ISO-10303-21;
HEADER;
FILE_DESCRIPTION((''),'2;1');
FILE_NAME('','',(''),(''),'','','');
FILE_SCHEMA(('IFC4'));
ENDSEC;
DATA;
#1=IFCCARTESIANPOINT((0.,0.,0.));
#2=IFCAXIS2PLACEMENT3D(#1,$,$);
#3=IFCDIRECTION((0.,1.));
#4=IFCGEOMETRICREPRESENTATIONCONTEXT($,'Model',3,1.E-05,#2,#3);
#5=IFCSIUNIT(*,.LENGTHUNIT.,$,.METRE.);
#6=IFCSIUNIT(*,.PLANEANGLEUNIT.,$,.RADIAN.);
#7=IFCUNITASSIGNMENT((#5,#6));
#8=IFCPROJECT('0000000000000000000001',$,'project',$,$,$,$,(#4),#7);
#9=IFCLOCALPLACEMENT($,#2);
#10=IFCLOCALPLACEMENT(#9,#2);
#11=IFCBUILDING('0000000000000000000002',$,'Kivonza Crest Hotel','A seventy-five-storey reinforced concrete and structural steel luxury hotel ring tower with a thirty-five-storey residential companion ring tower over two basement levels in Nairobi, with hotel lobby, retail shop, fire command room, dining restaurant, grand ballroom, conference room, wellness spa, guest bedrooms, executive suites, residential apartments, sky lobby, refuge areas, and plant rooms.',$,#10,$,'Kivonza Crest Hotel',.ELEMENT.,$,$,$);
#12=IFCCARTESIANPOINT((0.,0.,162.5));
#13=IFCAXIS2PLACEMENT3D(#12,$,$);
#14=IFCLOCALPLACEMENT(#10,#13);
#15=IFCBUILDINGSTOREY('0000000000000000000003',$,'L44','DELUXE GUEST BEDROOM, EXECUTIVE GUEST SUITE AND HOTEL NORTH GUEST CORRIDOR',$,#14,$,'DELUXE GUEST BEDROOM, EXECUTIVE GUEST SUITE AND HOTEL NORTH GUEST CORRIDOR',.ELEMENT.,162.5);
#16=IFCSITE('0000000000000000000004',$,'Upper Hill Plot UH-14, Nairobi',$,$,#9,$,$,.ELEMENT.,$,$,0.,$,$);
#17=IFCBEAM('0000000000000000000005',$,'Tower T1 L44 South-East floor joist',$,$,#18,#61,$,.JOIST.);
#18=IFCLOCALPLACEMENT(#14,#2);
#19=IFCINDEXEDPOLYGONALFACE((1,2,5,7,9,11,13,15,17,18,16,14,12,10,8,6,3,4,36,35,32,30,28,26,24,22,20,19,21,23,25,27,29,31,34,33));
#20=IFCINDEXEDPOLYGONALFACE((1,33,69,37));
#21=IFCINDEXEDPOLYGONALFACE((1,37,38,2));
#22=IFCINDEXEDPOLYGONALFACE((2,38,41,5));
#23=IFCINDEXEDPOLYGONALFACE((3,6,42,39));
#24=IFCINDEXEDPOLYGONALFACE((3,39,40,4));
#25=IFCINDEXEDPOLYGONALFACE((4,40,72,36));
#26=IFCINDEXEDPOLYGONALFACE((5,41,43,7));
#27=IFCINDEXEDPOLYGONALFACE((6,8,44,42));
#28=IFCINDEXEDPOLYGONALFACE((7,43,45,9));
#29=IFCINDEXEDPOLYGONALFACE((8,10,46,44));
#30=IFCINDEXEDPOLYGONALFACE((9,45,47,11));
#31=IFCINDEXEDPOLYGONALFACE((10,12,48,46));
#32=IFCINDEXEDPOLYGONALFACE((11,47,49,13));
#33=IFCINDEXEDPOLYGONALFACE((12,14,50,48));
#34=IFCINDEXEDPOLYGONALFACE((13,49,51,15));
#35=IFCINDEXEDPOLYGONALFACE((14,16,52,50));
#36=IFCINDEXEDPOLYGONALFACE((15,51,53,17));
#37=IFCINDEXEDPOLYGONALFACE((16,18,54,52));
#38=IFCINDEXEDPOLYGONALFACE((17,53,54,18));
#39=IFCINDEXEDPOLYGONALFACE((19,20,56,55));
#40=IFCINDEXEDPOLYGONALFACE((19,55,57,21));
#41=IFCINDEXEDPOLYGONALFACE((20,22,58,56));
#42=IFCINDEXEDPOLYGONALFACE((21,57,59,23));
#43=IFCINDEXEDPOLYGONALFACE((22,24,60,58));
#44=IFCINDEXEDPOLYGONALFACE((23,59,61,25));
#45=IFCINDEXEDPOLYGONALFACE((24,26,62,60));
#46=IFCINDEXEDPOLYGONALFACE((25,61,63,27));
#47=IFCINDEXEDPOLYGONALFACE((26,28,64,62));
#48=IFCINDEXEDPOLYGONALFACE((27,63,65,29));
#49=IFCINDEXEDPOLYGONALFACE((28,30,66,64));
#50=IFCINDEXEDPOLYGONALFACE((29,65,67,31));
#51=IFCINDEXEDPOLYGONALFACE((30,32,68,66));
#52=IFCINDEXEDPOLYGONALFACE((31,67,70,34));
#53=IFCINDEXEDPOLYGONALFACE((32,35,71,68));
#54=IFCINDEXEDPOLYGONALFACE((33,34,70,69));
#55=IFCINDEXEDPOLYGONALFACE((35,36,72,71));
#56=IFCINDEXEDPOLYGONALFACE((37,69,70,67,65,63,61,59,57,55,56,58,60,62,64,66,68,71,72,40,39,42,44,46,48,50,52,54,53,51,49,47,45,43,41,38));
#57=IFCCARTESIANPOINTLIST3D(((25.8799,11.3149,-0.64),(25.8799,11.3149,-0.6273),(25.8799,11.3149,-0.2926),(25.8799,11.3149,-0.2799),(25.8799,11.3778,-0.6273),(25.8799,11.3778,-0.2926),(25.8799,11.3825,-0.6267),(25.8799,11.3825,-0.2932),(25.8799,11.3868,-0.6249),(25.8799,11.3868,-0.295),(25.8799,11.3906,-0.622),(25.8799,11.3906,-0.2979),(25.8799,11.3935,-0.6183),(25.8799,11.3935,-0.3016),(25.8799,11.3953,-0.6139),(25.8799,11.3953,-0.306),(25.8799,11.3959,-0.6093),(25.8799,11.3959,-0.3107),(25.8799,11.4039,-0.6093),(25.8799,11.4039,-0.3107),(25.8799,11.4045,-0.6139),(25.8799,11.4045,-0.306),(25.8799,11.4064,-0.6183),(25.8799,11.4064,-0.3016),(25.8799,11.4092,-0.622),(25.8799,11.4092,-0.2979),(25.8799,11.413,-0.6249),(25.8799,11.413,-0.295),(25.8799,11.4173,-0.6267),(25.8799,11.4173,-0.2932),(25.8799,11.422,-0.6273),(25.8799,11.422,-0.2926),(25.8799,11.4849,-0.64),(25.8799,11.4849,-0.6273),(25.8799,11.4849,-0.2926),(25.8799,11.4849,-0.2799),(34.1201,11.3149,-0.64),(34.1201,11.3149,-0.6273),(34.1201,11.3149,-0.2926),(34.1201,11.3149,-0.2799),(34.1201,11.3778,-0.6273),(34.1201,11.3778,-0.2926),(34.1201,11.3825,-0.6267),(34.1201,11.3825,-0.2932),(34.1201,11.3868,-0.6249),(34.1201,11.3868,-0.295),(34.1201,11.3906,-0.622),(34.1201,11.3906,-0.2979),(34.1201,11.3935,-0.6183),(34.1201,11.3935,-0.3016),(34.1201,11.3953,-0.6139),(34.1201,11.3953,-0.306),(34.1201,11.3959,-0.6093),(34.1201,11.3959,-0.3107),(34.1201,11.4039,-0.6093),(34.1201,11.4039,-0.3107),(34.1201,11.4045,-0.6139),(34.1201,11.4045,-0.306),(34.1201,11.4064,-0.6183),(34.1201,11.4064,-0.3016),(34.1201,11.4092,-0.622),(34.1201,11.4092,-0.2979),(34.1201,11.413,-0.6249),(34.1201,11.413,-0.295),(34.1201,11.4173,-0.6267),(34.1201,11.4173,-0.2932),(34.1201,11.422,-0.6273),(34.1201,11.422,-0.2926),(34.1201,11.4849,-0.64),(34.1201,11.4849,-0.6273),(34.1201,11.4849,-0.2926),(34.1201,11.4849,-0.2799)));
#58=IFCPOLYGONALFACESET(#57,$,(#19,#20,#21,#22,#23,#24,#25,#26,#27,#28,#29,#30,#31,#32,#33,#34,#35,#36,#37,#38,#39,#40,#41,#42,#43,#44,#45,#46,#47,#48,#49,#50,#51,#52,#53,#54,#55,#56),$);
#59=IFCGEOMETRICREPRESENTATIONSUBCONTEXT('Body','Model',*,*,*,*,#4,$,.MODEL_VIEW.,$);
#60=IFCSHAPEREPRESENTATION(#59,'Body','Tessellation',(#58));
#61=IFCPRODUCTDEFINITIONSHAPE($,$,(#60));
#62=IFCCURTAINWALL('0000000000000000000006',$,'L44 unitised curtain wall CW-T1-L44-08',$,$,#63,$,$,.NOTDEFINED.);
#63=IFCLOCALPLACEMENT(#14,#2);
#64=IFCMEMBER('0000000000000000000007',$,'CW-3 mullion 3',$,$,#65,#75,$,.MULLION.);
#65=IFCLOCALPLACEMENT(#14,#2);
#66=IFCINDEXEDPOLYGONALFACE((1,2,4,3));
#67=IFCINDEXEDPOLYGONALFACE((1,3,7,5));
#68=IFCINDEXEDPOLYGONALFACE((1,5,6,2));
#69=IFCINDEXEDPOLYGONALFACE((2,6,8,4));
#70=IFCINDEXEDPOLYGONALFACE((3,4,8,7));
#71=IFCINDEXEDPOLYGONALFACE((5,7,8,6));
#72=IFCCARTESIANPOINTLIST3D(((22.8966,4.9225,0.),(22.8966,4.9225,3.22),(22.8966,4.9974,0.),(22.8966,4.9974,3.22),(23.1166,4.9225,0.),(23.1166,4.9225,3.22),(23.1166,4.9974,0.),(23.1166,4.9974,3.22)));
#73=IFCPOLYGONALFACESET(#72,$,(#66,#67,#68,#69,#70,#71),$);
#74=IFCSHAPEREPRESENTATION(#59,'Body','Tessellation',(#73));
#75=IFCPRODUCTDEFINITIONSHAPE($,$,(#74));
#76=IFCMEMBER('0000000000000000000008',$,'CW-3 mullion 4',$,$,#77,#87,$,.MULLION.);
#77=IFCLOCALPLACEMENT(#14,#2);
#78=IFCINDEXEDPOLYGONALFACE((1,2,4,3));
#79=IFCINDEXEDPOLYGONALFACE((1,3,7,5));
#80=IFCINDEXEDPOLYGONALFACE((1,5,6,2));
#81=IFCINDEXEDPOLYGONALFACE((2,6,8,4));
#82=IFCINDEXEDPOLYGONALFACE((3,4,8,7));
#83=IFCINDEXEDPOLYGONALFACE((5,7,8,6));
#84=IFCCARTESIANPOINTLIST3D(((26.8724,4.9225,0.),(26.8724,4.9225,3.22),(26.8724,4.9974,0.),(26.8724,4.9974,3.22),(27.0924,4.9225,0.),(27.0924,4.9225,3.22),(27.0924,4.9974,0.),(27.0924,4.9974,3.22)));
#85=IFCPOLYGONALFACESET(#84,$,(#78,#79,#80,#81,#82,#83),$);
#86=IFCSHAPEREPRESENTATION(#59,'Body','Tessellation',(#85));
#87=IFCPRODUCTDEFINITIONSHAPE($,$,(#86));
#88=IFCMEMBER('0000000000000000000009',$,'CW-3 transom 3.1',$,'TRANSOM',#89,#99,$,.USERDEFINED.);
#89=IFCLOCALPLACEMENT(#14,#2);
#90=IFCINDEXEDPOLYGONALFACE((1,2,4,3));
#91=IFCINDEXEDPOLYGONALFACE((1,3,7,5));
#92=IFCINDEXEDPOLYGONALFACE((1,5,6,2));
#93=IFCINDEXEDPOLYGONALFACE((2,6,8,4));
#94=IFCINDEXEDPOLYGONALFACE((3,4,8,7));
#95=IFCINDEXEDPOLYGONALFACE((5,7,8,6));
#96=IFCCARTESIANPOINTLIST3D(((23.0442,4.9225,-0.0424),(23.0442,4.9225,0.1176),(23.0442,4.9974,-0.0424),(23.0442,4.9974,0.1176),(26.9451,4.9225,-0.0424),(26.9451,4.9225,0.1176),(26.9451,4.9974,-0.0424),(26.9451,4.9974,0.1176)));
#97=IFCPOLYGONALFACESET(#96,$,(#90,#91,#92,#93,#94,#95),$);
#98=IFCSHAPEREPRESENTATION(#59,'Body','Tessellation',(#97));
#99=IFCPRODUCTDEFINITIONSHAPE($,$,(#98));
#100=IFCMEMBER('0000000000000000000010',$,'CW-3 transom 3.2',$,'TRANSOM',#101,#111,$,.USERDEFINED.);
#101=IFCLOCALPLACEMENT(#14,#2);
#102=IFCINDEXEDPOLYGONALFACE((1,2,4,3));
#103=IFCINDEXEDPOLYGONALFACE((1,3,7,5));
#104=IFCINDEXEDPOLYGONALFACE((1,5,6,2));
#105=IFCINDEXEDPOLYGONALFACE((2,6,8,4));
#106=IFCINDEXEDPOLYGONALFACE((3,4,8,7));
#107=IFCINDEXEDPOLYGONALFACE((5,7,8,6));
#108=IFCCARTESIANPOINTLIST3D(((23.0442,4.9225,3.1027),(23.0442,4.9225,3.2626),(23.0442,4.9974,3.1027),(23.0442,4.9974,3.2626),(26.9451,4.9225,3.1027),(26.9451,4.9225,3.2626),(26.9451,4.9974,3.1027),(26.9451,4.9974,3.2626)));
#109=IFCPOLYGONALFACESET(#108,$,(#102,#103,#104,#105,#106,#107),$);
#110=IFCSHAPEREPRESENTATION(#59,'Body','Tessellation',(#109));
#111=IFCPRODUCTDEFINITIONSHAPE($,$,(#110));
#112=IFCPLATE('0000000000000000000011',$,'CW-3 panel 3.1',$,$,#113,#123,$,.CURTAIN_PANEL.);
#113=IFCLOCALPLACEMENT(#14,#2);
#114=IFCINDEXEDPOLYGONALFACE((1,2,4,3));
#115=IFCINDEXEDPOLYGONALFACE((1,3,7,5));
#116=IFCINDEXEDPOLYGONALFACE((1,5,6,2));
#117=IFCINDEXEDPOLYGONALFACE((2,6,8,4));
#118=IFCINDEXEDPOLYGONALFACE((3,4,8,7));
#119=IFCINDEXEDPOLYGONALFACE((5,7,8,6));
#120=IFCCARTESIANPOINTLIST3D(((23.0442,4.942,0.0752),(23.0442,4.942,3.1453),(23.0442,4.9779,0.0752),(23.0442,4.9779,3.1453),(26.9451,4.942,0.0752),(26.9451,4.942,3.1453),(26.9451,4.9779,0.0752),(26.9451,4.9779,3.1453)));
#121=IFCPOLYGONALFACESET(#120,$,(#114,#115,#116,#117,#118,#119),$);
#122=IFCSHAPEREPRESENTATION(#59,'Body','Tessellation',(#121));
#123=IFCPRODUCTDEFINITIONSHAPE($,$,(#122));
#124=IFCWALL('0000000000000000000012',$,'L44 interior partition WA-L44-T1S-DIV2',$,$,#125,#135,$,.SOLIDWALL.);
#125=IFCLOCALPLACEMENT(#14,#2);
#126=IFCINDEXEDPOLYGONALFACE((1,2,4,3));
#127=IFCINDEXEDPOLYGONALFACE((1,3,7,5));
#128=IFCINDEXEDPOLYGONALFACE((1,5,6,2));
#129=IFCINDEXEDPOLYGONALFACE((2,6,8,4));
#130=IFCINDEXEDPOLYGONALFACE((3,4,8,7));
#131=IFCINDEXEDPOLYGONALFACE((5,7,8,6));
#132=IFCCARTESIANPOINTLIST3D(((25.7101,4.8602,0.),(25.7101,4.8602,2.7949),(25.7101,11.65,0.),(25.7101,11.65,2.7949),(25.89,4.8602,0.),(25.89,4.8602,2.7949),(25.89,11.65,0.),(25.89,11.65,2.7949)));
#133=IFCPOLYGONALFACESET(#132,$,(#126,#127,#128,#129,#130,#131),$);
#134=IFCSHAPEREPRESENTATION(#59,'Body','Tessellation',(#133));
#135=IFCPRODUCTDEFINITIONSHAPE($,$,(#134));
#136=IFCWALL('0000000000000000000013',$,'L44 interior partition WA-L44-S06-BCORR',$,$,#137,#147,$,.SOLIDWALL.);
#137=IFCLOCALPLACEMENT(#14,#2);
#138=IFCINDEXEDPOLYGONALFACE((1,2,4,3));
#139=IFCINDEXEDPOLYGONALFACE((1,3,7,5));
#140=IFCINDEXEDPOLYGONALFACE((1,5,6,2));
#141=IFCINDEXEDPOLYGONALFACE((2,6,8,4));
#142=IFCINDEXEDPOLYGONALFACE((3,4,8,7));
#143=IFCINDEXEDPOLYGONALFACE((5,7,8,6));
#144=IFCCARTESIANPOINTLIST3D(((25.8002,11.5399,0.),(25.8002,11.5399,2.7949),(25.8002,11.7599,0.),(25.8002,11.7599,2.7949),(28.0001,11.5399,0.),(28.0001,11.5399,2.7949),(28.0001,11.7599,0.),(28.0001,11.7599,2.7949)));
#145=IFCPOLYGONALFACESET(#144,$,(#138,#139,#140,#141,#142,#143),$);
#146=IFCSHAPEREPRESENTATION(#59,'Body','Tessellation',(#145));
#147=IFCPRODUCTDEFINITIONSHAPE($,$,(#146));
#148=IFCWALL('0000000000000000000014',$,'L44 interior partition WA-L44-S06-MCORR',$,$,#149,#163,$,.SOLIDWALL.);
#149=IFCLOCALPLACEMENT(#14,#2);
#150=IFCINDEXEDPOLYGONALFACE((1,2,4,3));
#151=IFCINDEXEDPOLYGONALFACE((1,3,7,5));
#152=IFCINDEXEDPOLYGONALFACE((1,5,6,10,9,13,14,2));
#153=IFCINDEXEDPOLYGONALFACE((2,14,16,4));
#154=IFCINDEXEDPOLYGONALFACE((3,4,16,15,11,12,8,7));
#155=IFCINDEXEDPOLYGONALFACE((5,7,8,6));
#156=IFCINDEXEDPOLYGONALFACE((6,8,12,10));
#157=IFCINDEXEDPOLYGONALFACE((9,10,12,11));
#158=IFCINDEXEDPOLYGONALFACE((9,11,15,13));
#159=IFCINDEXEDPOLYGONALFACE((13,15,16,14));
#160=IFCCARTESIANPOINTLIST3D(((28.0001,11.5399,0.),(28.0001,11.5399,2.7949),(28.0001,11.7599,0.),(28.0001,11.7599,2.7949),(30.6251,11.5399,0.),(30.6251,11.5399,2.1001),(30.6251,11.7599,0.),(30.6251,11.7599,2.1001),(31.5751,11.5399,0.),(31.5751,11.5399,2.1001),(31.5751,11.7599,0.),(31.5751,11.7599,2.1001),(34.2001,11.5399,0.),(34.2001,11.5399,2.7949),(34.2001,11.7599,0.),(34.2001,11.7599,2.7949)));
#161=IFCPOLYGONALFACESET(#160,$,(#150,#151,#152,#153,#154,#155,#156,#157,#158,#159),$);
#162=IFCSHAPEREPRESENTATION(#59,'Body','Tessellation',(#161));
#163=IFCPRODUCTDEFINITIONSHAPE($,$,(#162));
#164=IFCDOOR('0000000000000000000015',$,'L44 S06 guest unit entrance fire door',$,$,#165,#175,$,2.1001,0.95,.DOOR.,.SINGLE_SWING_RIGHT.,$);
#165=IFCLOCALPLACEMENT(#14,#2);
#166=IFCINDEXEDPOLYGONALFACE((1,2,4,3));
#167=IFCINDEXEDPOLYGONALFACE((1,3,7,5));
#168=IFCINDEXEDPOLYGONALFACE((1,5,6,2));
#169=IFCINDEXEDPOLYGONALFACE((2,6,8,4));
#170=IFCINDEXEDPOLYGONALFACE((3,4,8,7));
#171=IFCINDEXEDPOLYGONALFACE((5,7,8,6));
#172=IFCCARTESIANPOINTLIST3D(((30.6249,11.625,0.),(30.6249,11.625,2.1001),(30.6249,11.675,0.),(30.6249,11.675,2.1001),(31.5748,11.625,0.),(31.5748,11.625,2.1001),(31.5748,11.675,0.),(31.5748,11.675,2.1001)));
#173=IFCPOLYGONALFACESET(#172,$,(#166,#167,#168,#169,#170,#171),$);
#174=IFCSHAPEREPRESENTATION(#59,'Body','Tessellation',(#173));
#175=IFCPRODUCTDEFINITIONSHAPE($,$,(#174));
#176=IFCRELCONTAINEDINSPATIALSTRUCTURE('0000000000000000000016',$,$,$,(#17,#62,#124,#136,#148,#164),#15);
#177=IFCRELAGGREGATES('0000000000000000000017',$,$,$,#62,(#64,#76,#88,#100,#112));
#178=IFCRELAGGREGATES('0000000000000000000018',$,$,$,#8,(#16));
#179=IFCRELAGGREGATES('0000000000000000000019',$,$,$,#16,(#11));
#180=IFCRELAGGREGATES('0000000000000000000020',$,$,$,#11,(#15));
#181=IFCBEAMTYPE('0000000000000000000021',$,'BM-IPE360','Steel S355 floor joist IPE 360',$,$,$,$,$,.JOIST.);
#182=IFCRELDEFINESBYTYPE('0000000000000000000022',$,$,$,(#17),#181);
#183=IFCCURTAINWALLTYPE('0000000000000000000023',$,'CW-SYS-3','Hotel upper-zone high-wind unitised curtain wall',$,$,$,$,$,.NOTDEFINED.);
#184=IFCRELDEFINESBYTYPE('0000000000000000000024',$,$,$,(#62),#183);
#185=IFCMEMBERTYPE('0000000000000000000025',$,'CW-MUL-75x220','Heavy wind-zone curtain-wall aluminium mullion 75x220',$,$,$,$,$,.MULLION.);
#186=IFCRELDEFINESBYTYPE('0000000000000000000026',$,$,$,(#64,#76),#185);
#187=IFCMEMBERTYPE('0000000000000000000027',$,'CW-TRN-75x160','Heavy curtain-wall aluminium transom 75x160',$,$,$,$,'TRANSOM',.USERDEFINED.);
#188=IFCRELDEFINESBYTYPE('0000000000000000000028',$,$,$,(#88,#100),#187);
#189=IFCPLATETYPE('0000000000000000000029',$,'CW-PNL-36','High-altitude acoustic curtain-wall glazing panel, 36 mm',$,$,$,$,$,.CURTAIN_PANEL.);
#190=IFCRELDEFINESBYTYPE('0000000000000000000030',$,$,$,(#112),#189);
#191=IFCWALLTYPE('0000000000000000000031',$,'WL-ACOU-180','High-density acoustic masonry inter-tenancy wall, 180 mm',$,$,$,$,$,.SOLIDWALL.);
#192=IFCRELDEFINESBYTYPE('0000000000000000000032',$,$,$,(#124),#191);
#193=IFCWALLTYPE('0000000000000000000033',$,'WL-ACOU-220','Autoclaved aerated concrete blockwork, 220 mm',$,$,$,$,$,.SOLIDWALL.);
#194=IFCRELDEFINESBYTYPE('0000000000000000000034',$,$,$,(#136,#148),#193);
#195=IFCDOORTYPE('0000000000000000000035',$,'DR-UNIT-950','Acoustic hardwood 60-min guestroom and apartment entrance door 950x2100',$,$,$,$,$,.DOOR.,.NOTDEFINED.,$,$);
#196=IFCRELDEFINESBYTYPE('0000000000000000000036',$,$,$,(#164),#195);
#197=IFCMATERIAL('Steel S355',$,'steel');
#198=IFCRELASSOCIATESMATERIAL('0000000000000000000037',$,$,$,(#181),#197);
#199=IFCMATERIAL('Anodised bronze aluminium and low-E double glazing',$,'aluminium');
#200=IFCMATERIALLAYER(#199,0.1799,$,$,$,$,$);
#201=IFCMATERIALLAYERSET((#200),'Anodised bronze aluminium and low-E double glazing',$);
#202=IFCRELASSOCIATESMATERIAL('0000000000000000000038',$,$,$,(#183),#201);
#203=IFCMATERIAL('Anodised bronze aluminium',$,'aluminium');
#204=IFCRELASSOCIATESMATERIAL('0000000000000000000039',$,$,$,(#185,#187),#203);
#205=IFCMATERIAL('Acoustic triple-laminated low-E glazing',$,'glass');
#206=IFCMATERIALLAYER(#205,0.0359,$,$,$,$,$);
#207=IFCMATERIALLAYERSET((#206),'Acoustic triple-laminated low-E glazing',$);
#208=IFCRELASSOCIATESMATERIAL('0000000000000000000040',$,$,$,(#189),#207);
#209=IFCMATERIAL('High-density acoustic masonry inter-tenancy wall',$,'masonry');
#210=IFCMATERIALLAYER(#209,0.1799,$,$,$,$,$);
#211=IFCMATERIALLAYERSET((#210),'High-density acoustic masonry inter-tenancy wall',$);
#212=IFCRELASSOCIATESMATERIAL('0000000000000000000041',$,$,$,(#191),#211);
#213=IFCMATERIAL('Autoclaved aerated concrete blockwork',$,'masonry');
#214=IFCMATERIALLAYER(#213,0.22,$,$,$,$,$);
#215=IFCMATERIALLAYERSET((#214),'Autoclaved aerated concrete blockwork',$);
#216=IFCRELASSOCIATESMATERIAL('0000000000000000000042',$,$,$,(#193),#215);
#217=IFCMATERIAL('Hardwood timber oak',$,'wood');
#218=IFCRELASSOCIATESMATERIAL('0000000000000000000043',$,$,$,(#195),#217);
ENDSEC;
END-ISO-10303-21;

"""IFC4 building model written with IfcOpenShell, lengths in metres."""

from ifc_helpers import new_model, si_unit, direction, frame, frame_2d, origin, origin_2d, place, context, subcontext, project, spatial, rectangle, i_section, extrude, material, layer, layer_set, material_profile, profile_set, type_object, element, fill, aggregate, save


model = new_model("IFC4")

# Units and contexts
model_context = context("Model", 3, precision=1e-05, world=origin(), true_north=direction((0.0, 1.0)))
body_context = subcontext(model_context, "Body", "Model", "MODEL_VIEW")
ifc_project = project(units=[si_unit("LENGTHUNIT", "METRE"), si_unit("PLANEANGLEUNIT", "RADIAN")], contexts=[model_context])

# Site, building, storey
site_placement = place(None, origin())
site = spatial("IfcSite", under=ifc_project, at=site_placement, Name="Upper Hill Plot UH-14, Nairobi", CompositionType="ELEMENT", RefElevation=0.0)
building_placement = place(site_placement, origin())
building = spatial("IfcBuilding", under=site, at=building_placement, Name="Kivonza Crest Hotel", Description="A seventy-five-storey reinforced concrete and structural steel luxury hotel ring tower with a thirty-five-storey residential companion ring tower over two basement levels in Nairobi, with hotel lobby, retail shop, fire command room, dining restaurant, grand ballroom, conference room, wellness spa, guest bedrooms, executive suites, residential apartments, sky lobby, refuge areas, and plant rooms.", LongName="Kivonza Crest Hotel", CompositionType="ELEMENT")
storey_placement = place(building_placement, frame((0.0, 0.0, 162.5)))
storey = spatial("IfcBuildingStorey", under=building, at=storey_placement, Name="L44", Description="DELUXE GUEST BEDROOM, EXECUTIVE GUEST SUITE AND HOTEL NORTH GUEST CORRIDOR", LongName="DELUXE GUEST BEDROOM, EXECUTIVE GUEST SUITE AND HOTEL NORTH GUEST CORRIDOR", CompositionType="ELEMENT", Elevation=162.5)

# Beam
ifc_material_1 = material(Name="Steel S355", Category="steel")
ifc_material_profile_1 = material_profile(ifc_material_1, i_section(OverallWidth=0.1699, OverallDepth=0.3601, WebThickness=0.0081, FlangeThickness=0.0127, FilletRadius=0.0181, at=origin_2d()), Name="IPE 360")
ifc_profile_set_1 = profile_set([ifc_material_profile_1], Name="Steel S355")
beam_type_1 = type_object("IfcBeamType", Name="BM-IPE360", Description="Steel S355 floor joist IPE 360", PredefinedType="JOIST", material=ifc_profile_set_1)
beam_1_placement = place(storey_placement, frame((25.8799, 11.3999, -0.46), z_axis=(1.0, 0.0, 0.0), x_axis=(0.0, 1.0, 0.0)))
element("IfcBeam", 1, at=beam_1_placement, inside=storey, type_object=beam_type_1, Name="Tower T1 L44 South-East floor joist", PredefinedType="JOIST", context=body_context, shape_type="SweptSolid", body=[
    extrude(i_section(OverallWidth=0.1699, OverallDepth=0.3601, WebThickness=0.0081, FlangeThickness=0.0127, FilletRadius=0.0181, at=origin_2d()), origin(), (0.0, 0.0, 1.0), 8.2402),
])

# Curtain wall, members, plate
ifc_material_2 = material(Name="Anodised bronze aluminium and low-E double glazing", Category="aluminium")
ifc_layer_1 = layer(ifc_material_2, 0.1799)
ifc_layer_set_1 = layer_set([ifc_layer_1], Name="Anodised bronze aluminium and low-E double glazing")
curtain_wall_type = type_object("IfcCurtainWallType", Name="CW-SYS-3", Description="Hotel upper-zone high-wind unitised curtain wall", PredefinedType="NOTDEFINED", material=ifc_layer_set_1)
curtain_wall_placement = place(storey_placement, origin())
curtain_wall = element("IfcCurtainWall", 2, at=curtain_wall_placement, inside=storey, type_object=curtain_wall_type, Name="L44 unitised curtain wall CW-T1-L44-08", PredefinedType="NOTDEFINED")
ifc_material_3 = material(Name="Anodised bronze aluminium", Category="aluminium")
ifc_material_profile_2 = material_profile(ifc_material_3, rectangle(XDim=0.075, YDim=0.22, at=origin_2d()), Name="CW-M 75x220")
ifc_profile_set_2 = profile_set([ifc_material_profile_2], Name="Anodised bronze aluminium")
member_type_1 = type_object("IfcMemberType", Name="CW-MUL-75x220", Description="Heavy wind-zone curtain-wall aluminium mullion 75x220", PredefinedType="MULLION", material=ifc_profile_set_2)
member_1_placement = place(storey_placement, frame((23.0066, 4.96, 0.0), z_axis=(0.0, 0.0, 1.0), x_axis=(0.0, 1.0, 0.0)))
member_1 = element("IfcMember", 3, at=member_1_placement, type_object=member_type_1, Name="CW-3 mullion 3", PredefinedType="MULLION", context=body_context, shape_type="SweptSolid", body=[
    extrude(rectangle(XDim=0.075, YDim=0.22, at=origin_2d()), origin(), (0.0, 0.0, 1.0), 3.22),
])
member_2_placement = place(storey_placement, frame((26.9824, 4.96, 0.0), z_axis=(0.0, 0.0, 1.0), x_axis=(0.0, 1.0, 0.0)))
member_2 = element("IfcMember", 4, at=member_2_placement, type_object=member_type_1, Name="CW-3 mullion 4", PredefinedType="MULLION", context=body_context, shape_type="SweptSolid", body=[
    extrude(rectangle(XDim=0.075, YDim=0.22, at=origin_2d()), origin(), (0.0, 0.0, 1.0), 3.22),
])
ifc_material_profile_3 = material_profile(ifc_material_3, rectangle(XDim=0.075, YDim=0.1599, at=origin_2d()), Name="CW-T 75x160")
ifc_profile_set_3 = profile_set([ifc_material_profile_3], Name="Anodised bronze aluminium")
member_type_2 = type_object("IfcMemberType", Name="CW-TRN-75x160", Description="Heavy curtain-wall aluminium transom 75x160", ElementType="TRANSOM", PredefinedType="USERDEFINED", material=ifc_profile_set_3)
member_3_placement = place(storey_placement, frame((23.0442, 4.96, 0.0376), z_axis=(1.0, 0.0, 0.0), x_axis=(0.0, 1.0, 0.0)))
member_3 = element("IfcMember", 5, at=member_3_placement, type_object=member_type_2, Name="CW-3 transom 3.1", ObjectType="TRANSOM", PredefinedType="USERDEFINED", context=body_context, shape_type="SweptSolid", body=[
    extrude(rectangle(XDim=0.075, YDim=0.1599, at=origin_2d()), origin(), (0.0, 0.0, 1.0), 3.9009),
])
member_4_placement = place(storey_placement, frame((23.0442, 4.96, 3.1826), z_axis=(1.0, 0.0, 0.0), x_axis=(0.0, 1.0, 0.0)))
member_4 = element("IfcMember", 6, at=member_4_placement, type_object=member_type_2, Name="CW-3 transom 3.2", ObjectType="TRANSOM", PredefinedType="USERDEFINED", context=body_context, shape_type="SweptSolid", body=[
    extrude(rectangle(XDim=0.075, YDim=0.1599, at=origin_2d()), origin(), (0.0, 0.0, 1.0), 3.9009),
])
ifc_material_4 = material(Name="Acoustic triple-laminated low-E glazing", Category="glass")
ifc_layer_2 = layer(ifc_material_4, 0.0359)
ifc_layer_set_2 = layer_set([ifc_layer_2], Name="Acoustic triple-laminated low-E glazing")
plate_type = type_object("IfcPlateType", Name="CW-PNL-36", Description="High-altitude acoustic curtain-wall glazing panel, 36 mm", PredefinedType="CURTAIN_PANEL", material=ifc_layer_set_2)
plate_placement = place(storey_placement, frame((24.9946, 4.96, 0.0752), z_axis=(0.0, 0.0, 1.0), x_axis=(1.0, 0.0, 0.0)))
plate = element("IfcPlate", 7, at=plate_placement, type_object=plate_type, Name="CW-3 panel 3.1", PredefinedType="CURTAIN_PANEL", context=body_context, shape_type="SweptSolid", body=[
    extrude(rectangle(XDim=3.9009, YDim=0.0359, at=origin_2d()), origin(), (0.0, 0.0, 1.0), 3.0701),
])
aggregate(curtain_wall, [member_1, member_2, member_3, member_4, plate])

# Walls
ifc_material_5 = material(Name="High-density acoustic masonry inter-tenancy wall", Category="masonry")
ifc_layer_3 = layer(ifc_material_5, 0.1799)
ifc_layer_set_3 = layer_set([ifc_layer_3], Name="High-density acoustic masonry inter-tenancy wall")
wall_type_1 = type_object("IfcWallType", Name="WL-ACOU-180", Description="High-density acoustic masonry inter-tenancy wall, 180 mm", PredefinedType="SOLIDWALL", material=ifc_layer_set_3)
wall_1_placement = place(storey_placement, frame((25.8, 4.8601, 0.0), z_axis=(0.0, 0.0, 1.0), x_axis=(0.0, 1.0, 0.0)))
element("IfcWall", 8, at=wall_1_placement, inside=storey, type_object=wall_type_1, Name="L44 interior partition WA-L44-T1S-DIV2", PredefinedType="SOLIDWALL", context=body_context, shape_type="SweptSolid", body=[
    extrude(rectangle(XDim=6.7898, YDim=0.1799, at=frame_2d((3.395, 0.0))), origin(), (0.0, 0.0, 1.0), 2.7949),
])
ifc_material_6 = material(Name="Autoclaved aerated concrete blockwork", Category="masonry")
ifc_layer_4 = layer(ifc_material_6, 0.22)
ifc_layer_set_4 = layer_set([ifc_layer_4], Name="Autoclaved aerated concrete blockwork")
wall_type_2 = type_object("IfcWallType", Name="WL-ACOU-220", Description="Autoclaved aerated concrete blockwork, 220 mm", PredefinedType="SOLIDWALL", material=ifc_layer_set_4)
wall_2_placement = place(storey_placement, frame((25.8, 11.6499, 0.0), z_axis=(0.0, 0.0, 1.0), x_axis=(1.0, 0.0, 0.0)))
element("IfcWall", 9, at=wall_2_placement, inside=storey, type_object=wall_type_2, Name="L44 interior partition WA-L44-S06-BCORR", PredefinedType="SOLIDWALL", context=body_context, shape_type="SweptSolid", body=[
    extrude(rectangle(XDim=2.2, YDim=0.22, at=frame_2d((1.1001, 0.0))), origin(), (0.0, 0.0, 1.0), 2.7949),
])

# Wall, opening, door
wall_3_placement = place(storey_placement, frame((28.0, 11.6499, 0.0), z_axis=(0.0, 0.0, 1.0), x_axis=(1.0, 0.0, 0.0)))
wall_3 = element("IfcWall", 10, at=wall_3_placement, inside=storey, type_object=wall_type_2, Name="L44 interior partition WA-L44-S06-MCORR", PredefinedType="SOLIDWALL", context=body_context, shape_type="SweptSolid", body=[
    extrude(rectangle(XDim=6.2, YDim=0.22, at=frame_2d((3.1001, 0.0))), origin(), (0.0, 0.0, 1.0), 2.7949),
])
opening_1_placement = place(wall_3_placement, frame((2.625, 0.0, 0.0)))
opening_1 = element("IfcOpeningElement", 11, at=opening_1_placement, cuts=wall_3, PredefinedType="OPENING", context=body_context, shape_type="SweptSolid", body=[
    extrude(rectangle(XDim=0.95, YDim=2.1001, at=frame_2d((0.4751, 1.05))), frame((0.0, 0.1201, 0.0), z_axis=(0.0, -1.0, 0.0), x_axis=(1.0, 0.0, 0.0)), (0.0, 0.0, 1.0), 0.24),
])
ifc_material_7 = material(Name="Hardwood timber oak", Category="wood")
door_type_1 = type_object("IfcDoorType", Name="DR-UNIT-950", Description="Acoustic hardwood 60-min guestroom and apartment entrance door 950x2100", OperationType="NOTDEFINED", PredefinedType="DOOR", material=ifc_material_7)
door_1_placement = place(opening_1_placement, frame((0.95, 0.0, 0.0), z_axis=(0.0, 0.0, 1.0), x_axis=(-1.0, 0.0, 0.0)))
door_1 = element("IfcDoor", 12, at=door_1_placement, inside=storey, type_object=door_type_1, Name="L44 S06 guest unit entrance fire door", OperationType="SINGLE_SWING_RIGHT", OverallHeight=2.1001, OverallWidth=0.95, PredefinedType="DOOR", context=body_context, shape_type="SweptSolid", body=[
    extrude(rectangle(XDim=0.95, YDim=2.1001, at=frame_2d((0.4751, 1.05))), frame((0.0, 0.0249, 0.0), z_axis=(0.0, -1.0, 0.0), x_axis=(1.0, 0.0, 0.0)), (0.0, 0.0, 1.0), 0.05),
])
fill(opening_1, door_1)

save(model, "model.ifc")
